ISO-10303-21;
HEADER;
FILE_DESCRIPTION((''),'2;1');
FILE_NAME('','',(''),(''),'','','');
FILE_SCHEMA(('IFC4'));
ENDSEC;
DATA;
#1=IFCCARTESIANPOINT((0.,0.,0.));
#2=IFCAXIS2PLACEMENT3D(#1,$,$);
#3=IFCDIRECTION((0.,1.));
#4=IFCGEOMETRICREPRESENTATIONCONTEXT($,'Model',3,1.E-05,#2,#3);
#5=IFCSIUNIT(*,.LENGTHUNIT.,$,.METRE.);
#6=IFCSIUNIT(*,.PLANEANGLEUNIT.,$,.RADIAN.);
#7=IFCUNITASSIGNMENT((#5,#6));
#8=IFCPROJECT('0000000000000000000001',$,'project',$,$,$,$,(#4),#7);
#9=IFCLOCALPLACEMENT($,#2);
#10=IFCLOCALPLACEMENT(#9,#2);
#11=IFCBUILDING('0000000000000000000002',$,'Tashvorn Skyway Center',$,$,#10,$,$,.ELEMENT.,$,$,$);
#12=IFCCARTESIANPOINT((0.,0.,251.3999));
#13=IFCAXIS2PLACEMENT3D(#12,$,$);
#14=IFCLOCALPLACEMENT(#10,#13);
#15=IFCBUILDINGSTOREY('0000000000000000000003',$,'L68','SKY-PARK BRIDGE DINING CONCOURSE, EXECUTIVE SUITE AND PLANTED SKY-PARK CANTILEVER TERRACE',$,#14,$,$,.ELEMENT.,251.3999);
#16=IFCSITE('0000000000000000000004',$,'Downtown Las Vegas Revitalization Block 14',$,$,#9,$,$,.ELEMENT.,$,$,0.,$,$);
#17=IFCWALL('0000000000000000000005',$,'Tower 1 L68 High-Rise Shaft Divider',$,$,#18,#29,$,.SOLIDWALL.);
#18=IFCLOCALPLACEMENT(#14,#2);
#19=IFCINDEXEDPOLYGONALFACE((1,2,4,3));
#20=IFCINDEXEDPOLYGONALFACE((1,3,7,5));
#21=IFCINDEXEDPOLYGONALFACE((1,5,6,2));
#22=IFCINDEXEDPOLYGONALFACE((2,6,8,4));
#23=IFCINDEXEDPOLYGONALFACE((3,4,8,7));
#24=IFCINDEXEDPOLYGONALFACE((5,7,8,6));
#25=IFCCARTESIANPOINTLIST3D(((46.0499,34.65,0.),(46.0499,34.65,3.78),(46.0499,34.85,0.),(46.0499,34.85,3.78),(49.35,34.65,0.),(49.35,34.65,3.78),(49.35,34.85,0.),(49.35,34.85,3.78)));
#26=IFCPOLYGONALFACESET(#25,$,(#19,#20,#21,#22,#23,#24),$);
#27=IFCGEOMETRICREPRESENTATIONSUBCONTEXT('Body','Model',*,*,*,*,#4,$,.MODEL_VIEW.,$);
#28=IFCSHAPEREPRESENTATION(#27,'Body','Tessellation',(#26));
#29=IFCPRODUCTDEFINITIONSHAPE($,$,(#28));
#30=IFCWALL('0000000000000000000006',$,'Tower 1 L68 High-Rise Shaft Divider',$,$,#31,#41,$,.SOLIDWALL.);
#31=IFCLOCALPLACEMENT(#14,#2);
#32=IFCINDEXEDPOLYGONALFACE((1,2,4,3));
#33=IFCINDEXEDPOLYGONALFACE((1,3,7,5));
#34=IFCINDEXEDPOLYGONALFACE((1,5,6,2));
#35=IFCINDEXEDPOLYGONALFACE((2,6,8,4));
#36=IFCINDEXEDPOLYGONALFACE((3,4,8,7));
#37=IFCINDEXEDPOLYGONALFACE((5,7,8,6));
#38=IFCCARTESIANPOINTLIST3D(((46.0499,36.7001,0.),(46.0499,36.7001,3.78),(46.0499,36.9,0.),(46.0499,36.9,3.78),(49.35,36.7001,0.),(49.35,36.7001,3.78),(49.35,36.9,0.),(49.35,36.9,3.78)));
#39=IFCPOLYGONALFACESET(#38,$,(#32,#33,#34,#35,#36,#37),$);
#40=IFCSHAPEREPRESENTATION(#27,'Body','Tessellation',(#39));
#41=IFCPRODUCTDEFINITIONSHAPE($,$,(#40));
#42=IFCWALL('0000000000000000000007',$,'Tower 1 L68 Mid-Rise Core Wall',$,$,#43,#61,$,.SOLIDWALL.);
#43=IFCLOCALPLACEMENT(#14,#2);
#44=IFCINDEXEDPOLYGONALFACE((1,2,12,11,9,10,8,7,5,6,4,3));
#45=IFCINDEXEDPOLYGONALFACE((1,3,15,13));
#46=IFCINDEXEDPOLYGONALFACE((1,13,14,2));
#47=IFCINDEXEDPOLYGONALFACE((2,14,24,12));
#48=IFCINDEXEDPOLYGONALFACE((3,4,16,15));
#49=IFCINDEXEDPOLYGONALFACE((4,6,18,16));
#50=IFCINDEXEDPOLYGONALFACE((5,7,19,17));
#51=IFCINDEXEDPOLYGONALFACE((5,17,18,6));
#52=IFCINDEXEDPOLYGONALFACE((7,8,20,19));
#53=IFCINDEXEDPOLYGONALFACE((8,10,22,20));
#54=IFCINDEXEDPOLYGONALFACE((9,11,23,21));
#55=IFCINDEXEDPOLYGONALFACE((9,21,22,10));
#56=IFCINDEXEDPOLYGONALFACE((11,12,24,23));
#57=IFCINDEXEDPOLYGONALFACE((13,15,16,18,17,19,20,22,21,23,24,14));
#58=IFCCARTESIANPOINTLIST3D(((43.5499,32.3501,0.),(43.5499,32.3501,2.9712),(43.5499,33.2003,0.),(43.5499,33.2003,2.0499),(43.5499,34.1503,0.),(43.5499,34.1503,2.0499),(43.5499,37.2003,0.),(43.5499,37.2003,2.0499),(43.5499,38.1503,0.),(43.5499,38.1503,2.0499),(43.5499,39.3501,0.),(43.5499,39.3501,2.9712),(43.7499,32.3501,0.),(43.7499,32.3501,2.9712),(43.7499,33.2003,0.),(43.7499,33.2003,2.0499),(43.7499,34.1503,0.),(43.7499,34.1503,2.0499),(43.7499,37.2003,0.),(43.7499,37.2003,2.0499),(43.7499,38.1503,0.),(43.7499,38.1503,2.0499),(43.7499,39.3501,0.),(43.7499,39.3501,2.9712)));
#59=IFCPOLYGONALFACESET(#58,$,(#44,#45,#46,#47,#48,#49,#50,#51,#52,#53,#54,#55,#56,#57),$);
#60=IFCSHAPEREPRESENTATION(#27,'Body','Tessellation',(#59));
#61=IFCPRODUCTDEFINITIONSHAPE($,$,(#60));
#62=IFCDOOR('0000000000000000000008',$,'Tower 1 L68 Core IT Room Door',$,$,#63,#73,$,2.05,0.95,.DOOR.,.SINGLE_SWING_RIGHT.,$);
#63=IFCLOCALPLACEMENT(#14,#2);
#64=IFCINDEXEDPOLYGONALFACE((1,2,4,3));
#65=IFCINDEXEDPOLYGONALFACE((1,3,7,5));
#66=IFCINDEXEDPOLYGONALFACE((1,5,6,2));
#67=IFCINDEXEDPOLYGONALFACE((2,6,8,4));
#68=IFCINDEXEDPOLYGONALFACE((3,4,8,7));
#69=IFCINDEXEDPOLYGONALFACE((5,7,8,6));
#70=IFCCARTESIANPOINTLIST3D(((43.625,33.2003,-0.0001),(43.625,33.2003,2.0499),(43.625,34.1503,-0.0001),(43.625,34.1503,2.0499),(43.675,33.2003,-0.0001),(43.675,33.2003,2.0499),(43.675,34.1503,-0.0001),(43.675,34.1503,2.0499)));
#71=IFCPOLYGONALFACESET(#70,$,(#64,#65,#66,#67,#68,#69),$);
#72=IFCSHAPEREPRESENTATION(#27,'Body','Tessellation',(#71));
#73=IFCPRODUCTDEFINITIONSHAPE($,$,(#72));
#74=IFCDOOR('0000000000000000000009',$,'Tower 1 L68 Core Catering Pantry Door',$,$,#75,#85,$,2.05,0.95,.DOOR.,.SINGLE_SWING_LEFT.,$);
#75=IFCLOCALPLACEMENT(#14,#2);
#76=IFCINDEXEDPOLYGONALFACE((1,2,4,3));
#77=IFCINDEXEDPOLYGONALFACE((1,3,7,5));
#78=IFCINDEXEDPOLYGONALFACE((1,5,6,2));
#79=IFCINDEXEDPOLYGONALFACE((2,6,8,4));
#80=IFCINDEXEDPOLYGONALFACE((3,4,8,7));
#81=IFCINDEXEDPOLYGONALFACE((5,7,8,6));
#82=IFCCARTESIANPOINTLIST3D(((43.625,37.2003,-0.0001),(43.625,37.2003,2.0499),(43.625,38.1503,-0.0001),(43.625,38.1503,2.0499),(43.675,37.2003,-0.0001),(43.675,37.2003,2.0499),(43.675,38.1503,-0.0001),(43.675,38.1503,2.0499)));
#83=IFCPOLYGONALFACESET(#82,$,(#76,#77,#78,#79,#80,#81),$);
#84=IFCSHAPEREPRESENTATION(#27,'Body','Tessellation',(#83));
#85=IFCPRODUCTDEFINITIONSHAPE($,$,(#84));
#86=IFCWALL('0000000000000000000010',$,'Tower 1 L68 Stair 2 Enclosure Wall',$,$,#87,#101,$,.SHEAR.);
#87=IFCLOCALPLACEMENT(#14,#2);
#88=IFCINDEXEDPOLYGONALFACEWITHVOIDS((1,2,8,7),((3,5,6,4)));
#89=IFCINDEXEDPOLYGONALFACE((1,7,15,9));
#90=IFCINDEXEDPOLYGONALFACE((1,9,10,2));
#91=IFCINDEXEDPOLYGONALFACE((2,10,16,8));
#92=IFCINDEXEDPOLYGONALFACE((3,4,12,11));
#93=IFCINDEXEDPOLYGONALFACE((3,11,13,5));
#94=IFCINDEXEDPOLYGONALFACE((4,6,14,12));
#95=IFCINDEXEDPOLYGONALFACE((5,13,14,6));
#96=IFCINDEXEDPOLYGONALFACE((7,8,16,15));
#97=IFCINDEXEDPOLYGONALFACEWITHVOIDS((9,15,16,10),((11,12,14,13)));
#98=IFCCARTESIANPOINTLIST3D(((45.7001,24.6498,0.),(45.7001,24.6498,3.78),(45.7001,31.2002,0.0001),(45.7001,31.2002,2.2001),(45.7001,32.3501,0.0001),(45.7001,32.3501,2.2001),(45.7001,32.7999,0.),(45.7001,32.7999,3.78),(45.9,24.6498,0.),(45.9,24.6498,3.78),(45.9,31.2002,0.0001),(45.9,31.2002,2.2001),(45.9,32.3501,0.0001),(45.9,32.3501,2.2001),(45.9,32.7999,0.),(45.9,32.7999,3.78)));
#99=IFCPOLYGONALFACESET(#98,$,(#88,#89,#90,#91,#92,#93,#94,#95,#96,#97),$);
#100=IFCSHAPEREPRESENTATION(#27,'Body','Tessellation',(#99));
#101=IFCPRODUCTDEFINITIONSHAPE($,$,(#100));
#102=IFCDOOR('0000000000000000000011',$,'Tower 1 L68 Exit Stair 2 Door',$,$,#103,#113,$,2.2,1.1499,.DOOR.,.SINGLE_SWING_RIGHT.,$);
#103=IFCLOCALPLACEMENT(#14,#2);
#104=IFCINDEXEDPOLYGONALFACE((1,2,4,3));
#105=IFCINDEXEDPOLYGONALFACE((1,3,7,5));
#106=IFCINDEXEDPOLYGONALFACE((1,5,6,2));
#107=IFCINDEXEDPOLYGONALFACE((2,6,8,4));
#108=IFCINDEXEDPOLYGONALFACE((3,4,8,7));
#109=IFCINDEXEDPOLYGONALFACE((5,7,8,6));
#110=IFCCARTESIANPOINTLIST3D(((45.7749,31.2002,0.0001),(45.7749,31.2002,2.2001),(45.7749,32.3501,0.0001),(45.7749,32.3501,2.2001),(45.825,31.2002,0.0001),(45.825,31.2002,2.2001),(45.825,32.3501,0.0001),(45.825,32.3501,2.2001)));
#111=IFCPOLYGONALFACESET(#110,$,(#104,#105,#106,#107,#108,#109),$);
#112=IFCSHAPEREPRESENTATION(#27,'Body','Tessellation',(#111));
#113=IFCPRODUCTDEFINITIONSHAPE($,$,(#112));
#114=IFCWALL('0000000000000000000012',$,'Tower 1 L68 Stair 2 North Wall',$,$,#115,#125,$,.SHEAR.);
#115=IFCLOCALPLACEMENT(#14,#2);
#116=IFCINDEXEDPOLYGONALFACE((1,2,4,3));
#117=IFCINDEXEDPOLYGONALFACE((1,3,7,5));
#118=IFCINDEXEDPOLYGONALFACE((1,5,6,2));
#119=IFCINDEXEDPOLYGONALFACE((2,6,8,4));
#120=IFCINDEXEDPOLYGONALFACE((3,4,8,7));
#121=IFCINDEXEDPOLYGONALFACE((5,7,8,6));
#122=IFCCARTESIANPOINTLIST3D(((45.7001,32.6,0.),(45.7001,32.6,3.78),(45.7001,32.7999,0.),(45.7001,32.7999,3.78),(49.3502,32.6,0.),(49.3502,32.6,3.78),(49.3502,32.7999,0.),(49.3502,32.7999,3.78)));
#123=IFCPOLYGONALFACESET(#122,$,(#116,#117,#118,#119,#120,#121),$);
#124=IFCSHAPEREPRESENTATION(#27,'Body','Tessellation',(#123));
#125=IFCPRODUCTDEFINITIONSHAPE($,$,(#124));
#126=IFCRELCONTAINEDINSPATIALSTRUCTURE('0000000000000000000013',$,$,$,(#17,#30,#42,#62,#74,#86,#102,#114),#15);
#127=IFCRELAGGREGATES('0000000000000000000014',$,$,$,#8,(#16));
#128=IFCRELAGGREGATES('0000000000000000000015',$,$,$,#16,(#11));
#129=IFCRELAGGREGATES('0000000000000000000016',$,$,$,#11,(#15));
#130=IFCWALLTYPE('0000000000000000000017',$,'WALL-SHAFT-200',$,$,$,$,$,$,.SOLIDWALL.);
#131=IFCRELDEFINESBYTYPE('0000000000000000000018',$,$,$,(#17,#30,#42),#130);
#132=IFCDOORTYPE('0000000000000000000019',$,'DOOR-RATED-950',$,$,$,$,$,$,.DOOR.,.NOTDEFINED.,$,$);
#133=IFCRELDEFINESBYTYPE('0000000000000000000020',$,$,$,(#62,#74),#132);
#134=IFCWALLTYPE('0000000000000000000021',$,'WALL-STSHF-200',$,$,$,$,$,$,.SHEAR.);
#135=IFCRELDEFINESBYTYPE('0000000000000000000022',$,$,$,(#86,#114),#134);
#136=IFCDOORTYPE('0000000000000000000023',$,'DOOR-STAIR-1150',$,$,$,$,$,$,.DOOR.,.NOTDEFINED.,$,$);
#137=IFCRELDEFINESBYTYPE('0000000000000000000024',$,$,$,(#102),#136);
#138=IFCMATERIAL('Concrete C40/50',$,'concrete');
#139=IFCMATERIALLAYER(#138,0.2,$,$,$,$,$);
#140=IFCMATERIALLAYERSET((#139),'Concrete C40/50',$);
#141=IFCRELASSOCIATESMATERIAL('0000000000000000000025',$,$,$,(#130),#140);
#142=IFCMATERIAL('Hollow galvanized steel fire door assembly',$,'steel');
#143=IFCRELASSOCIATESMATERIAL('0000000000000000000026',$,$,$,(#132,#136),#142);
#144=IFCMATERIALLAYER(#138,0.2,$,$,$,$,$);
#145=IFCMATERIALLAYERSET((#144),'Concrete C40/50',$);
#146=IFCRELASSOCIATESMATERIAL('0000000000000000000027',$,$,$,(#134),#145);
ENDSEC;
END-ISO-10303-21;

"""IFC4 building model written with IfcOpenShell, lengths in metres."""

from ifc_helpers import new_model, si_unit, direction, frame, frame_2d, origin, place, context, subcontext, project, spatial, rectangle, extrude, material, layer, layer_set, type_object, element, fill, save


model = new_model("IFC4")

# Units and contexts
model_context = context("Model", 3, precision=1e-05, world=origin(), true_north=direction((0.0, 1.0)))
body_context = subcontext(model_context, "Body", "Model", "MODEL_VIEW")
ifc_project = project(units=[si_unit("LENGTHUNIT", "METRE"), si_unit("PLANEANGLEUNIT", "RADIAN")], contexts=[model_context])

# Site, building, storey
site_placement = place(None, origin())
site = spatial("IfcSite", under=ifc_project, at=site_placement, Name="Downtown Las Vegas Revitalization Block 14", CompositionType="ELEMENT", RefElevation=0.0)
building_placement = place(site_placement, origin())
building = spatial("IfcBuilding", under=site, at=building_placement, Name="Tashvorn Skyway Center", CompositionType="ELEMENT")
storey_placement = place(building_placement, frame((0.0, 0.0, 251.3999)))
storey = spatial("IfcBuildingStorey", under=building, at=storey_placement, Name="L68", Description="SKY-PARK BRIDGE DINING CONCOURSE, EXECUTIVE SUITE AND PLANTED SKY-PARK CANTILEVER TERRACE", CompositionType="ELEMENT", Elevation=251.3999)

# Walls
ifc_material_1 = material(Name="Concrete C40/50", Category="concrete")
ifc_layer_1 = layer(ifc_material_1, 0.2)
ifc_layer_set_1 = layer_set([ifc_layer_1], Name="Concrete C40/50")
wall_type_1 = type_object("IfcWallType", Name="WALL-SHAFT-200", PredefinedType="SOLIDWALL", material=ifc_layer_set_1)
for number, where, z_axis, x_axis, name in (
    (1, (46.05, 34.75, 0.0), (0.0, 0.0, 1.0), (1.0, 0.0, 0.0), "Tower 1 L68 High-Rise Shaft Divider"),
    (2, (46.05, 36.8, 0.0), (0.0, 0.0, 1.0), (1.0, 0.0, 0.0), "Tower 1 L68 High-Rise Shaft Divider"),
):
    element("IfcWall", number, at=place(storey_placement, frame(where, z_axis=z_axis, x_axis=x_axis)), inside=storey, type_object=wall_type_1, Name=name, PredefinedType="SOLIDWALL", context=body_context, shape_type="SweptSolid", body=[
        extrude(rectangle(XDim=3.3, YDim=0.2, at=frame_2d((1.6499, 0.0))), origin(), (0.0, 0.0, 1.0), 3.78),
    ])

# Wall, openings, doors
wall_1_placement = place(storey_placement, frame((43.6499, 32.3501, 0.0), z_axis=(0.0, 0.0, 1.0), x_axis=(0.0, 1.0, 0.0)))
wall_1 = element("IfcWall", 3, at=wall_1_placement, inside=storey, type_object=wall_type_1, Name="Tower 1 L68 Mid-Rise Core Wall", PredefinedType="SOLIDWALL", context=body_context, shape_type="SweptSolid", body=[
    extrude(rectangle(XDim=7.0, YDim=0.2, at=frame_2d((3.5, 0.0))), origin(), (0.0, 0.0, 1.0), 2.9712),
])
opening_1_placement = place(wall_1_placement, frame((0.8501, 0.0, 0.0)))
opening_1 = element("IfcOpeningElement", 4, at=opening_1_placement, cuts=wall_1, PredefinedType="OPENING", context=body_context, shape_type="SweptSolid", body=[
    extrude(rectangle(XDim=0.95, YDim=2.05, at=frame_2d((0.4751, 1.0249))), frame((0.0, 0.1099, 0.0), z_axis=(0.0, -1.0, 0.0), x_axis=(1.0, 0.0, 0.0)), (0.0, 0.0, 1.0), 0.22),
])
opening_2_placement = place(wall_1_placement, frame((4.8501, 0.0, 0.0)))
opening_2 = element("IfcOpeningElement", 5, at=opening_2_placement, cuts=wall_1, PredefinedType="OPENING", context=body_context, shape_type="SweptSolid", body=[
    extrude(rectangle(XDim=0.95, YDim=2.05, at=frame_2d((0.4751, 1.0249))), frame((0.0, 0.1099, 0.0), z_axis=(0.0, -1.0, 0.0), x_axis=(1.0, 0.0, 0.0)), (0.0, 0.0, 1.0), 0.22),
])
ifc_material_2 = material(Name="Hollow galvanized steel fire door assembly", Category="steel")
door_type_1 = type_object("IfcDoorType", Name="DOOR-RATED-950", OperationType="NOTDEFINED", PredefinedType="DOOR", material=ifc_material_2)
door_1_placement = place(opening_1_placement, origin())
door_1 = element("IfcDoor", 6, at=door_1_placement, inside=storey, type_object=door_type_1, Name="Tower 1 L68 Core IT Room Door", OperationType="SINGLE_SWING_RIGHT", OverallHeight=2.05, OverallWidth=0.95, PredefinedType="DOOR", context=body_context, shape_type="SweptSolid", body=[
    extrude(rectangle(XDim=0.95, YDim=2.05, at=frame_2d((0.4751, 1.0249))), frame((0.0, 0.0249, 0.0), z_axis=(0.0, -1.0, 0.0), x_axis=(1.0, 0.0, 0.0)), (0.0, 0.0, 1.0), 0.05),
])
fill(opening_1, door_1)
door_2_placement = place(opening_2_placement, origin())
door_2 = element("IfcDoor", 7, at=door_2_placement, inside=storey, type_object=door_type_1, Name="Tower 1 L68 Core Catering Pantry Door", OperationType="SINGLE_SWING_LEFT", OverallHeight=2.05, OverallWidth=0.95, PredefinedType="DOOR", context=body_context, shape_type="SweptSolid", body=[
    extrude(rectangle(XDim=0.95, YDim=2.05, at=frame_2d((0.4751, 1.0249))), frame((0.0, 0.0249, 0.0), z_axis=(0.0, -1.0, 0.0), x_axis=(1.0, 0.0, 0.0)), (0.0, 0.0, 1.0), 0.05),
])
fill(opening_2, door_2)

# Wall, opening, door
ifc_layer_2 = layer(ifc_material_1, 0.2)
ifc_layer_set_2 = layer_set([ifc_layer_2], Name="Concrete C40/50")
wall_type_2 = type_object("IfcWallType", Name="WALL-STSHF-200", PredefinedType="SHEAR", material=ifc_layer_set_2)
wall_2_placement = place(storey_placement, frame((45.8, 32.8, 0.0), z_axis=(0.0, 0.0, 1.0), x_axis=(0.0, -1.0, 0.0)))
wall_2 = element("IfcWall", 8, at=wall_2_placement, inside=storey, type_object=wall_type_2, Name="Tower 1 L68 Stair 2 Enclosure Wall", PredefinedType="SHEAR", context=body_context, shape_type="SweptSolid", body=[
    extrude(rectangle(XDim=8.1501, YDim=0.2, at=frame_2d((4.0752, 0.0))), origin(), (0.0, 0.0, 1.0), 3.78),
])
opening_3_placement = place(wall_2_placement, frame((0.45, 0.0, 0.0)))
opening_3 = element("IfcOpeningElement", 9, at=opening_3_placement, cuts=wall_2, PredefinedType="OPENING", context=body_context, shape_type="SweptSolid", body=[
    extrude(rectangle(XDim=1.1499, YDim=2.2, at=frame_2d((0.575, 1.1001))), frame((0.0, 0.1099, 0.0), z_axis=(0.0, -1.0, 0.0), x_axis=(1.0, 0.0, 0.0)), (0.0, 0.0, 1.0), 0.22),
])
door_type_2 = type_object("IfcDoorType", Name="DOOR-STAIR-1150", OperationType="NOTDEFINED", PredefinedType="DOOR", material=ifc_material_2)
door_3_placement = place(opening_3_placement, origin())
door_3 = element("IfcDoor", 10, at=door_3_placement, inside=storey, type_object=door_type_2, Name="Tower 1 L68 Exit Stair 2 Door", OperationType="SINGLE_SWING_RIGHT", OverallHeight=2.2, OverallWidth=1.1499, PredefinedType="DOOR", context=body_context, shape_type="SweptSolid", body=[
    extrude(rectangle(XDim=1.1499, YDim=2.2, at=frame_2d((0.575, 1.1001))), frame((0.0, 0.0249, 0.0), z_axis=(0.0, -1.0, 0.0), x_axis=(1.0, 0.0, 0.0)), (0.0, 0.0, 1.0), 0.05),
])
fill(opening_3, door_3)

# Wall
wall_3_placement = place(storey_placement, frame((45.7, 32.7, 0.0), z_axis=(0.0, 0.0, 1.0), x_axis=(1.0, 0.0, 0.0)))
element("IfcWall", 11, at=wall_3_placement, inside=storey, type_object=wall_type_2, Name="Tower 1 L68 Stair 2 North Wall", PredefinedType="SHEAR", context=body_context, shape_type="SweptSolid", body=[
    extrude(rectangle(XDim=3.6501, YDim=0.2, at=frame_2d((1.8252, 0.0))), origin(), (0.0, 0.0, 1.0), 3.78),
])

save(model, "model.ifc")
